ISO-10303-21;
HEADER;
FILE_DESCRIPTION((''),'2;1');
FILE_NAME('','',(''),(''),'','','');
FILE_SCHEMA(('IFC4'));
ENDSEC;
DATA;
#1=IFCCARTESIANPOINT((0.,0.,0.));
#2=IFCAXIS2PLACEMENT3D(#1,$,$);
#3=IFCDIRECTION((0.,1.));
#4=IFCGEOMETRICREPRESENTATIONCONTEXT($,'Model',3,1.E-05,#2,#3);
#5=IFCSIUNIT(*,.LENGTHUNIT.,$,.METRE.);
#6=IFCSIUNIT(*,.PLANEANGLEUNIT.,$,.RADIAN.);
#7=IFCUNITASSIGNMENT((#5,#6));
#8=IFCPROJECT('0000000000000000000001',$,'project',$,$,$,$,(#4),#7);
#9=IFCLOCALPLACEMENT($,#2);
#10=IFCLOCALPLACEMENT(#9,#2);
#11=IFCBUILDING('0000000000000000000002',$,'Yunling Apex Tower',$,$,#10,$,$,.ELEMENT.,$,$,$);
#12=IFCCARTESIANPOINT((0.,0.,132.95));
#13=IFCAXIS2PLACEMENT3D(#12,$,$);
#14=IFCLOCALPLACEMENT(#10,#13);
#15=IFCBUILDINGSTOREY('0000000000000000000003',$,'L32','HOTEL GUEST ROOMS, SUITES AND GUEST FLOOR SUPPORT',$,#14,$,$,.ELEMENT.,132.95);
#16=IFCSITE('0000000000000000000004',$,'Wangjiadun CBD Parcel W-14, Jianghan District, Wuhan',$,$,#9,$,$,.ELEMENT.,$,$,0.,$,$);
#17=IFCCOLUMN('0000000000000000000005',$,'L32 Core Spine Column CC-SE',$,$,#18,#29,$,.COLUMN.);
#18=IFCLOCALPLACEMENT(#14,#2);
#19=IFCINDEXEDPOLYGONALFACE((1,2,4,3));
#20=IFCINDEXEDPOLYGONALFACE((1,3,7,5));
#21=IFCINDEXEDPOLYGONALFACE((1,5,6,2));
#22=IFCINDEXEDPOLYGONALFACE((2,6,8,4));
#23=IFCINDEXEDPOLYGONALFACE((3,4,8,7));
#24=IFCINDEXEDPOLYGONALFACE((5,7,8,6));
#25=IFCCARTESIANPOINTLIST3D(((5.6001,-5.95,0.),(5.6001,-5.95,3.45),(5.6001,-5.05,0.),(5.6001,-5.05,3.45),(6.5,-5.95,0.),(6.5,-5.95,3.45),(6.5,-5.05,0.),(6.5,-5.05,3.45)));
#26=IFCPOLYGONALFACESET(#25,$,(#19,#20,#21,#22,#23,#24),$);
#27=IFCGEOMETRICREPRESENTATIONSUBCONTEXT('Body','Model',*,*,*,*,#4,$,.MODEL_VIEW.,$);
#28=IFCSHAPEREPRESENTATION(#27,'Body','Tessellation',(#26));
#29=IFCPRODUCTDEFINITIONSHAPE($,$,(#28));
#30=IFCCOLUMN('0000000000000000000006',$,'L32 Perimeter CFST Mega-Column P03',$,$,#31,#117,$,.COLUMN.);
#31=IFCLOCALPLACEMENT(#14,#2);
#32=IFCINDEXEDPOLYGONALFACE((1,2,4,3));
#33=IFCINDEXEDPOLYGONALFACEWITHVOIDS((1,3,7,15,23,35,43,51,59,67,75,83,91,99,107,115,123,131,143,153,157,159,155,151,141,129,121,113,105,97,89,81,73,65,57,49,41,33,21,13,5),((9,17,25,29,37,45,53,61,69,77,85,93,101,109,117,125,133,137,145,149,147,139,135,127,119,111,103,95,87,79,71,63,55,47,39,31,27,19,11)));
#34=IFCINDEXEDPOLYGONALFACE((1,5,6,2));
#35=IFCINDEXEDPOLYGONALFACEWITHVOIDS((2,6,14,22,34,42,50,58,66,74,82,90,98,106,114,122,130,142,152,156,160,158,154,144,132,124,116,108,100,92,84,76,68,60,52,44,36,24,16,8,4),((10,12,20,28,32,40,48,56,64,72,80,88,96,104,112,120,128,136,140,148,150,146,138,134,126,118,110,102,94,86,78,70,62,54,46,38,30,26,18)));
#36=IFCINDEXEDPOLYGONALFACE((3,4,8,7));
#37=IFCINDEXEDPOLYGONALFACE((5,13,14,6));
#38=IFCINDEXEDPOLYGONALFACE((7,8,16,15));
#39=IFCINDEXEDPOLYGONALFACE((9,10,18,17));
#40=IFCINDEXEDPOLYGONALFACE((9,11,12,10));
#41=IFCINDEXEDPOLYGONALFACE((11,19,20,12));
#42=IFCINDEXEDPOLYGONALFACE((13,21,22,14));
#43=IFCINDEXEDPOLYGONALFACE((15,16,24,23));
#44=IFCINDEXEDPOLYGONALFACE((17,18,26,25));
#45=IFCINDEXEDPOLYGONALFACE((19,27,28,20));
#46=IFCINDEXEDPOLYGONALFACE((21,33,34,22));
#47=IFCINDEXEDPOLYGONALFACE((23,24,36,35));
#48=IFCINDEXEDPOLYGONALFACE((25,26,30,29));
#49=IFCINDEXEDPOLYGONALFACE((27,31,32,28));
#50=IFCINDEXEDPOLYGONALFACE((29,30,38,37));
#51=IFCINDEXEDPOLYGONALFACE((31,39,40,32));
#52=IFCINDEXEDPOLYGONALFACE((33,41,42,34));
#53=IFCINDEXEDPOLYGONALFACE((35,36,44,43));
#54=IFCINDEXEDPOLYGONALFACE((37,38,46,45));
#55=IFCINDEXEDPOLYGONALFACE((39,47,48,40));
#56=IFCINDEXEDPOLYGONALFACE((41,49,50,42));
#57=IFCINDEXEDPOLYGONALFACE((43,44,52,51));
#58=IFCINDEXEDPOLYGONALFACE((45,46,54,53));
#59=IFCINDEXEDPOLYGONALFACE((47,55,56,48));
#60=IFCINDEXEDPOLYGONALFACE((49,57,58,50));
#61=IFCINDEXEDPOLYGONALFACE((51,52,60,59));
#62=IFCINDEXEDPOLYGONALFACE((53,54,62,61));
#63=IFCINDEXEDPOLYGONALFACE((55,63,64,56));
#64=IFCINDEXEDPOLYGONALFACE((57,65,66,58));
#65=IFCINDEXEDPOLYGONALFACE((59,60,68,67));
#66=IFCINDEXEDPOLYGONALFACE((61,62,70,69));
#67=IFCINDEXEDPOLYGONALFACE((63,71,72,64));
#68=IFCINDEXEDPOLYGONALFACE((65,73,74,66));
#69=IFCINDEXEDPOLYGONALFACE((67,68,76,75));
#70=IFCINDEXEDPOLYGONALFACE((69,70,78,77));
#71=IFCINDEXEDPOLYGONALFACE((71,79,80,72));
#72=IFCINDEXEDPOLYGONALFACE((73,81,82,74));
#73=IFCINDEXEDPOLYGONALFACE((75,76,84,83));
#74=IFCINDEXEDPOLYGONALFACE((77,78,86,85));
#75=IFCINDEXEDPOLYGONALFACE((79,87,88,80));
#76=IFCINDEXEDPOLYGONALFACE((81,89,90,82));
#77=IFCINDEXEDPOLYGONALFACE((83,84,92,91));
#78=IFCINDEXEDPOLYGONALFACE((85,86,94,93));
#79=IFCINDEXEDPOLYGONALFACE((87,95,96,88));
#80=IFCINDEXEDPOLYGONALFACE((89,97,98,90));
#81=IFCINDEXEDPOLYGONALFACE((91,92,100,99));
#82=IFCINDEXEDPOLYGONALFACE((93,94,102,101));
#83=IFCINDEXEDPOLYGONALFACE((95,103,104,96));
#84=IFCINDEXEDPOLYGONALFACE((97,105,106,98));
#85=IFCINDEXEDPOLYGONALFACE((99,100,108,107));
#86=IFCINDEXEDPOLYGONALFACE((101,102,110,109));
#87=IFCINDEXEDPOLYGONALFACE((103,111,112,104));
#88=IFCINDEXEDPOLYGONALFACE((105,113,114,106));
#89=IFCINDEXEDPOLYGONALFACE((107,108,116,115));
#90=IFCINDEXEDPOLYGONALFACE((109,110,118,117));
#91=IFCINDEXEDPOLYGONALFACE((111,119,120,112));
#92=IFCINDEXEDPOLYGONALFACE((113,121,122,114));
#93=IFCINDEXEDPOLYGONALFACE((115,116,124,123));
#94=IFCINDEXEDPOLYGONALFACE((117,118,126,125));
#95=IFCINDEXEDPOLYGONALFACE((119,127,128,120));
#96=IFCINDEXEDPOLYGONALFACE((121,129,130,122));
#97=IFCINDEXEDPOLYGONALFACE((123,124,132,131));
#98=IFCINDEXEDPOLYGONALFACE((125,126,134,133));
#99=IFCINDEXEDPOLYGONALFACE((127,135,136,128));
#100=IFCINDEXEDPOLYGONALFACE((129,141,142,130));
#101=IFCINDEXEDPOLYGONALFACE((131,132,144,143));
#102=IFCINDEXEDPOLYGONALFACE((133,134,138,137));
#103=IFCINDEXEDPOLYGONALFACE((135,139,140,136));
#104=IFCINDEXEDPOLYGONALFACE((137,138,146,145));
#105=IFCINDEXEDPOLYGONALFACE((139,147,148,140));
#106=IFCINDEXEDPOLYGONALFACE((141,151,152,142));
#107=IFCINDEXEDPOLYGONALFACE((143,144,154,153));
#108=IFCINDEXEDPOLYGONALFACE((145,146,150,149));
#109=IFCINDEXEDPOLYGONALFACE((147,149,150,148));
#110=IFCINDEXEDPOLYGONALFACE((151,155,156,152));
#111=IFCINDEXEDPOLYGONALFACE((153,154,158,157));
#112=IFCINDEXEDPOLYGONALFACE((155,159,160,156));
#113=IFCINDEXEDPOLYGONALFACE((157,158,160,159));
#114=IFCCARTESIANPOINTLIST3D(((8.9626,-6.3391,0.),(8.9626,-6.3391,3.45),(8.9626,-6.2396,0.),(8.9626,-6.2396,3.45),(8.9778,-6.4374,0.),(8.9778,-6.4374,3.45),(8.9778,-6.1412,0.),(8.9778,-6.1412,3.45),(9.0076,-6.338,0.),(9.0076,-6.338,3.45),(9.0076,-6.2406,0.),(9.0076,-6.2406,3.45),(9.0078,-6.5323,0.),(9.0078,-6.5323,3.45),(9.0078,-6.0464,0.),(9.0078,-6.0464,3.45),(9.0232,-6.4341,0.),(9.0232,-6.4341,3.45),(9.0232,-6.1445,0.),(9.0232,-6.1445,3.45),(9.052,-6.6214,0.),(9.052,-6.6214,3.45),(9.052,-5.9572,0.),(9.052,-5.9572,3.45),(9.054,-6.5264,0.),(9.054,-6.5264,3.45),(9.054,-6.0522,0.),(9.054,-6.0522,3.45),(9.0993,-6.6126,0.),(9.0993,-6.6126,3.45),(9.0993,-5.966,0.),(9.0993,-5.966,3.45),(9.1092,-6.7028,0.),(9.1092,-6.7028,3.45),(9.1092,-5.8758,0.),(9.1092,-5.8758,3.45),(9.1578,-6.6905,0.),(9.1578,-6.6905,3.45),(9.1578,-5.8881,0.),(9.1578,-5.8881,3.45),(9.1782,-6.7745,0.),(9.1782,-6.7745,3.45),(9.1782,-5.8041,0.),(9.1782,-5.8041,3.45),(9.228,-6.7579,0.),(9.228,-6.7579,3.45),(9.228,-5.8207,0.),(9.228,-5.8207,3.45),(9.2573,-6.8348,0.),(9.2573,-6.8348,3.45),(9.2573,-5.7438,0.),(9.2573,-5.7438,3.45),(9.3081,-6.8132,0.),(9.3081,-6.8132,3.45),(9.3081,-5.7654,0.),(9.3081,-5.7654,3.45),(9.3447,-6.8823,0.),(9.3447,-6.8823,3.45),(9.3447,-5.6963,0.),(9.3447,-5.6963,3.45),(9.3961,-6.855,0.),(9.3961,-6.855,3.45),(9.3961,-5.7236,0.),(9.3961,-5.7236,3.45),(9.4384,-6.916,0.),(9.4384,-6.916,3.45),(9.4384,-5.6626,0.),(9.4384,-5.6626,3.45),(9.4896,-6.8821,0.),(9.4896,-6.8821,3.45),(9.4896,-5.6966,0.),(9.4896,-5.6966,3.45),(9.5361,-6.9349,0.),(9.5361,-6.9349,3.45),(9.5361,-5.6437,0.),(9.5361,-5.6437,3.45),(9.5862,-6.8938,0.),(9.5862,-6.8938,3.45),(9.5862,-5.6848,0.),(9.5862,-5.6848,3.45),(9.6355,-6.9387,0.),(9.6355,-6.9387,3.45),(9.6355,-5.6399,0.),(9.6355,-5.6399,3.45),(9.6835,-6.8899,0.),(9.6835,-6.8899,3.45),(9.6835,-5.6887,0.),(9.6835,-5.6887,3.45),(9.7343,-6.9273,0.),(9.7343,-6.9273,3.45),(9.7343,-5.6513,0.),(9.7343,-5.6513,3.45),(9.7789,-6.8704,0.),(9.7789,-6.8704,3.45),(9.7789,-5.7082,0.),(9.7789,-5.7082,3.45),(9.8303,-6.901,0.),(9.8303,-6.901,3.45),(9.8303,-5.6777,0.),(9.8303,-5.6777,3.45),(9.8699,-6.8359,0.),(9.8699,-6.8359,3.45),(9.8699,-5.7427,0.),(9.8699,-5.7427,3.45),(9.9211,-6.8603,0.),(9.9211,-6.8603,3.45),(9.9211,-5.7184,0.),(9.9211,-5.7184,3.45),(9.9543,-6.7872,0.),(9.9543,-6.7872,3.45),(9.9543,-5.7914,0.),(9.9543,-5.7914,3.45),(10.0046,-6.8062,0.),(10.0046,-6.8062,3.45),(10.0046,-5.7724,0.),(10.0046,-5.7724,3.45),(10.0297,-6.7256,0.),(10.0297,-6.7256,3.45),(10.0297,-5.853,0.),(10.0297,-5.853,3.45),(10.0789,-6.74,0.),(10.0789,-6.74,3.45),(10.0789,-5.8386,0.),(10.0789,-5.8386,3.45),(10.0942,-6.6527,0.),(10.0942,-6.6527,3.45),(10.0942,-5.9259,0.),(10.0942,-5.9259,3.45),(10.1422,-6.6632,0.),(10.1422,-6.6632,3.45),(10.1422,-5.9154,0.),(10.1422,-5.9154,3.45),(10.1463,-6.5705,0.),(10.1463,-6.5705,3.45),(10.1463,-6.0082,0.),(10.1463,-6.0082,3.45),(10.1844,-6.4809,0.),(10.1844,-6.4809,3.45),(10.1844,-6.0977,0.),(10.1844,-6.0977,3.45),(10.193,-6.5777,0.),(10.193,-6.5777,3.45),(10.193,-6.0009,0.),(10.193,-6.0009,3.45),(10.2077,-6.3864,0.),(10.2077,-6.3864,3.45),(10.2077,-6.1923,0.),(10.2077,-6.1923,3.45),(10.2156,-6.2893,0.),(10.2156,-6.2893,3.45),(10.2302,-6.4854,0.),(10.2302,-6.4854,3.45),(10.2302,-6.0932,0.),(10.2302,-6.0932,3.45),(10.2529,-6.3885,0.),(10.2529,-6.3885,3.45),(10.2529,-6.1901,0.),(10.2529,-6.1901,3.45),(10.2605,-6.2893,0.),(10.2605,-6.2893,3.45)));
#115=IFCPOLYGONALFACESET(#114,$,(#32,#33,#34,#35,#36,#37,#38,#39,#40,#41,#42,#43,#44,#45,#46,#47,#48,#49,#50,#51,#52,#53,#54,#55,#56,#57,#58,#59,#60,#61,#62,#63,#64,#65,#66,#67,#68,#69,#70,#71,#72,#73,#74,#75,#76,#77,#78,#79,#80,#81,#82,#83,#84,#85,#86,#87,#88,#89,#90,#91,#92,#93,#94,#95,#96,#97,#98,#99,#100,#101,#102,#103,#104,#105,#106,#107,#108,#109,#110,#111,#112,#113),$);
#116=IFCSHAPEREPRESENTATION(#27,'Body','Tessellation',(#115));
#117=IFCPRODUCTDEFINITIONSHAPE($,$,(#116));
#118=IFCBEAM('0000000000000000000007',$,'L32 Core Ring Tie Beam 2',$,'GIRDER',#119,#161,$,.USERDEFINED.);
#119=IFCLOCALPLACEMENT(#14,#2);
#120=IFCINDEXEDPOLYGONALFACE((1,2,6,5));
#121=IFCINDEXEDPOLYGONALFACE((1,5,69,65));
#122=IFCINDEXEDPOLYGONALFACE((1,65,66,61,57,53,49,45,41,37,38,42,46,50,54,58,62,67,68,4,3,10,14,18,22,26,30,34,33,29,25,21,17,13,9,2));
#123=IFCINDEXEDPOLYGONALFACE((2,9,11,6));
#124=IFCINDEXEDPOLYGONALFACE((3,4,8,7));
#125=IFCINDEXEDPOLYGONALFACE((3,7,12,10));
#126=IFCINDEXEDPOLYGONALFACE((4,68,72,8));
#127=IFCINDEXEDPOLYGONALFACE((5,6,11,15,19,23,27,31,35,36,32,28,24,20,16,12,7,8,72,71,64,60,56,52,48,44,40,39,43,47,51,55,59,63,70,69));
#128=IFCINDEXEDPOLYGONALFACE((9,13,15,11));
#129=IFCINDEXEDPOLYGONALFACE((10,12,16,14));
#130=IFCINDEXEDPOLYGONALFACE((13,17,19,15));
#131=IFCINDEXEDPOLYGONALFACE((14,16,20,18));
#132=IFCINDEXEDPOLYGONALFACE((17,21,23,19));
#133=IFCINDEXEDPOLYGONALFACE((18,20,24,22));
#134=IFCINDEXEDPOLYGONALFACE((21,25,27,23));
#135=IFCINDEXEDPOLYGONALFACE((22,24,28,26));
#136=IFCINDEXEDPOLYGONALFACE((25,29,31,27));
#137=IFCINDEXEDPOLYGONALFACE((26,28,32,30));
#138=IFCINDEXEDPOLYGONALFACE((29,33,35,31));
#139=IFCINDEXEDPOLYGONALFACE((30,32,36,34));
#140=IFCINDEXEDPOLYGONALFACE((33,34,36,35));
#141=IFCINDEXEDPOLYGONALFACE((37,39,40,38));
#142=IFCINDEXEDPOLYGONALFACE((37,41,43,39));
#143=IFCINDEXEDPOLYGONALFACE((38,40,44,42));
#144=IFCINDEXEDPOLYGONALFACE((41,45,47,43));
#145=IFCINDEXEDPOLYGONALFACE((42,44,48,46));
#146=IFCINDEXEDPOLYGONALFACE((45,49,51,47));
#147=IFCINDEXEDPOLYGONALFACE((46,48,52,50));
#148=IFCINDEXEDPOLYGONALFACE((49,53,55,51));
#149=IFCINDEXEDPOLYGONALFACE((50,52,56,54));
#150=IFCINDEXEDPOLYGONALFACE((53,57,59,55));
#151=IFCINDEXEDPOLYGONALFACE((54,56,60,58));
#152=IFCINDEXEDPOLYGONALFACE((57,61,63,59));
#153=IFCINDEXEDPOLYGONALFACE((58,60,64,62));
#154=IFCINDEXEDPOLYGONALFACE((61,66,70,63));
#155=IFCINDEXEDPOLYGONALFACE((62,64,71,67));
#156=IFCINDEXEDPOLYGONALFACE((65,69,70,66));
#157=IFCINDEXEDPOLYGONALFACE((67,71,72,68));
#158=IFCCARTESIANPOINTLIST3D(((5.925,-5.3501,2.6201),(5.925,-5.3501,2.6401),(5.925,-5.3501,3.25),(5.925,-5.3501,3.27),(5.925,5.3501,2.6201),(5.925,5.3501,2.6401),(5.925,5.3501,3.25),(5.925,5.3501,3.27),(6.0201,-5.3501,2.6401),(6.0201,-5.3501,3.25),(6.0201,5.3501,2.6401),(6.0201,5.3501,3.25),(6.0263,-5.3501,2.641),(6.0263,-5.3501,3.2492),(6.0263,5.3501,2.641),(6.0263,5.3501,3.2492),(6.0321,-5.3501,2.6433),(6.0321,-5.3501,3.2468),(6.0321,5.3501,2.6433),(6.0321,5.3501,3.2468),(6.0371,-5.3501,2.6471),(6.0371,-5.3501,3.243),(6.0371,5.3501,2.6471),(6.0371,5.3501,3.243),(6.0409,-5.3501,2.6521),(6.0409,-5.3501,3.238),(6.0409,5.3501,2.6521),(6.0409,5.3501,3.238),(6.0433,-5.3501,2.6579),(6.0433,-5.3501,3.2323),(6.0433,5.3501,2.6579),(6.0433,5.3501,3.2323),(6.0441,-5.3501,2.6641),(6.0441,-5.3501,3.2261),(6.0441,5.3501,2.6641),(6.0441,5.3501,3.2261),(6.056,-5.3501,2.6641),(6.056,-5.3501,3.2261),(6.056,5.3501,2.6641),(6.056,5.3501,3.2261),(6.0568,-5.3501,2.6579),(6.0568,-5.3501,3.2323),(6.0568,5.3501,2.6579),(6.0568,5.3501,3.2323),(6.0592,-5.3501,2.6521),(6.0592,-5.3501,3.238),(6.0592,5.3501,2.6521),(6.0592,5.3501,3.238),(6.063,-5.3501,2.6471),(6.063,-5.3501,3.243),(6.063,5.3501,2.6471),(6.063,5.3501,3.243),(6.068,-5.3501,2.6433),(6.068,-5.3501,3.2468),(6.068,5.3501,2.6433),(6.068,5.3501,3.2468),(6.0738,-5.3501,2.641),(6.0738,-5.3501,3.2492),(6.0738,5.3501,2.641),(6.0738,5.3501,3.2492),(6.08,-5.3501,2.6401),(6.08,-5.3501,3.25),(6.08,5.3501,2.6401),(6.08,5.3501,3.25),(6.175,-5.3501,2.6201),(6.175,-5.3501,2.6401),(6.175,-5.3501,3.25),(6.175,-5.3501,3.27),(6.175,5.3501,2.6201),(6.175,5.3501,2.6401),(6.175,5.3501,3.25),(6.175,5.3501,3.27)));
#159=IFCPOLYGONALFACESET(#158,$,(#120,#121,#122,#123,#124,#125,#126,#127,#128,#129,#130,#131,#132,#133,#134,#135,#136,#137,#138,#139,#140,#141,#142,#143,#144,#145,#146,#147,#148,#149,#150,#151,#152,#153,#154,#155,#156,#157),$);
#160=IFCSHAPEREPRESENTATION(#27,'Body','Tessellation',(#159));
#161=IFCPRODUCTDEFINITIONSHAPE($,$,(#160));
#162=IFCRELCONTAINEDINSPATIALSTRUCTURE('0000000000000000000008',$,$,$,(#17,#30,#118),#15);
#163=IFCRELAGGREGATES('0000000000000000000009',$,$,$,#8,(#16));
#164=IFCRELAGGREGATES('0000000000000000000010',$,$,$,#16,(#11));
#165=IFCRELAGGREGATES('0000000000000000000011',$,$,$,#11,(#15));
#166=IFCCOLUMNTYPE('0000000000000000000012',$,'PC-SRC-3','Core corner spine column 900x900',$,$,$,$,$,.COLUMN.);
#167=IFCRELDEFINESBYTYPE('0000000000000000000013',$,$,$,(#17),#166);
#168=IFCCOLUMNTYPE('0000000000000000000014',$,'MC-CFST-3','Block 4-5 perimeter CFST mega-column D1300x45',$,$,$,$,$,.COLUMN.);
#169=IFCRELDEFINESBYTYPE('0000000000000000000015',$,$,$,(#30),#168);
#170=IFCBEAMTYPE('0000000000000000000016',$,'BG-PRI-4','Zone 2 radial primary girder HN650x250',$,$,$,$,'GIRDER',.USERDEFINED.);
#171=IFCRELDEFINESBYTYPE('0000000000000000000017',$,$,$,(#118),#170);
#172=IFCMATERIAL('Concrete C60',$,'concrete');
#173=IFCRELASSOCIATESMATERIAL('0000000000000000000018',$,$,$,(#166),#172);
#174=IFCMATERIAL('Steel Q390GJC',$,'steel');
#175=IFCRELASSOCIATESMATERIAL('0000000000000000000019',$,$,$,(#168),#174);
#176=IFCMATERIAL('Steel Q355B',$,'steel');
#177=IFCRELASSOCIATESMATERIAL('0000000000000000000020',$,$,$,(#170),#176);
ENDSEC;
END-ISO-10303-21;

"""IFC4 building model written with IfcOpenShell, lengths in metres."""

from ifc_helpers import new_model, si_unit, direction, frame, origin, origin_2d, place, context, subcontext, project, spatial, rectangle, hollow_circle, i_section, extrude, source, transform, mapped, material, material_profile, profile_set, type_object, element, save


model = new_model("IFC4")

# Units and contexts
model_context = context("Model", 3, precision=1e-05, world=origin(), true_north=direction((0.0, 1.0)))
body_context = subcontext(model_context, "Body", "Model", "MODEL_VIEW")
ifc_project = project(units=[si_unit("LENGTHUNIT", "METRE"), si_unit("PLANEANGLEUNIT", "RADIAN")], contexts=[model_context])

# Site, building, storey
site_placement = place(None, origin())
site = spatial("IfcSite", under=ifc_project, at=site_placement, Name="Wangjiadun CBD Parcel W-14, Jianghan District, Wuhan", CompositionType="ELEMENT", RefElevation=0.0)
building_placement = place(site_placement, origin())
building = spatial("IfcBuilding", under=site, at=building_placement, Name="Yunling Apex Tower", CompositionType="ELEMENT")
storey_placement = place(building_placement, frame((0.0, 0.0, 132.95)))
storey = spatial("IfcBuildingStorey", under=building, at=storey_placement, Name="L32", Description="HOTEL GUEST ROOMS, SUITES AND GUEST FLOOR SUPPORT", CompositionType="ELEMENT", Elevation=132.95)

# Columns
ifc_material_1 = material(Name="Concrete C60", Category="concrete")
ifc_material_profile_1 = material_profile(ifc_material_1, rectangle(XDim=0.8999, YDim=0.8999, at=origin_2d()))
ifc_profile_set_1 = profile_set([ifc_material_profile_1], Name="Concrete C60")
column_type_1 = type_object("IfcColumnType", Name="PC-SRC-3", Description="Core corner spine column 900x900", PredefinedType="COLUMN", material=ifc_profile_set_1)
shared_shape_1 = source(origin(), body_context, "Body", "SweptSolid", [
    extrude(rectangle(XDim=0.8999, YDim=0.8999, at=origin_2d()), origin(), (0.0, 0.0, 1.0), 3.45),
])
column_1_placement = place(storey_placement, frame((6.05, -5.5, 0.0), z_axis=(0.0, 0.0, 1.0), x_axis=(1.0, 0.0, 0.0)))
element("IfcColumn", 1, at=column_1_placement, inside=storey, type_object=column_type_1, Name="L32 Core Spine Column CC-SE", PredefinedType="COLUMN", context=body_context, shape_type="MappedRepresentation", body=[
    mapped(shared_shape_1, transform((0.0, 0.0, 0.0), scale=1.0)),
])
ifc_material_2 = material(Name="Steel Q390GJC", Category="steel")
ifc_material_profile_2 = material_profile(ifc_material_2, hollow_circle(Radius=0.6499, WallThickness=0.0449, at=origin_2d()))
ifc_profile_set_2 = profile_set([ifc_material_profile_2], Name="Steel Q390GJC")
column_type_2 = type_object("IfcColumnType", Name="MC-CFST-3", Description="Block 4-5 perimeter CFST mega-column D1300x45", PredefinedType="COLUMN", material=ifc_profile_set_2)
shared_shape_2 = source(origin(), body_context, "Body", "SweptSolid", [
    extrude(hollow_circle(Radius=0.6499, WallThickness=0.0449, at=origin_2d()), origin(), (0.0, 0.0, 1.0), 3.45),
])
column_2_placement = place(storey_placement, frame((9.6106, -6.2893, 0.0), z_axis=(0.0, 0.0, 1.0), x_axis=(1.0, 0.0, 0.0)))
element("IfcColumn", 2, at=column_2_placement, inside=storey, type_object=column_type_2, Name="L32 Perimeter CFST Mega-Column P03", PredefinedType="COLUMN", context=body_context, shape_type="MappedRepresentation", body=[
    mapped(shared_shape_2, transform((0.0, 0.0, 0.0), scale=1.0)),
])

# Beam
ifc_material_3 = material(Name="Steel Q355B", Category="steel")
ifc_material_profile_3 = material_profile(ifc_material_3, i_section(OverallWidth=0.25, OverallDepth=0.6499, WebThickness=0.012, FlangeThickness=0.02, FilletRadius=0.0239, at=origin_2d()))
ifc_profile_set_3 = profile_set([ifc_material_profile_3], Name="Steel Q355B")
beam_type_1 = type_object("IfcBeamType", Name="BG-PRI-4", Description="Zone 2 radial primary girder HN650x250", ElementType="GIRDER", PredefinedType="USERDEFINED", material=ifc_profile_set_3)
shared_shape_3 = source(origin(), body_context, "Body", "SweptSolid", [
    extrude(i_section(OverallWidth=0.25, OverallDepth=0.6499, WebThickness=0.012, FlangeThickness=0.02, FilletRadius=0.0239, at=origin_2d()), origin(), (0.0, 0.0, 1.0), 10.7002),
])
beam_1_placement = place(storey_placement, frame((6.05, -5.3501, 2.9451), z_axis=(0.0, 1.0, 0.0), x_axis=(-1.0, 0.0, 0.0)))
element("IfcBeam", 3, at=beam_1_placement, inside=storey, type_object=beam_type_1, Name="L32 Core Ring Tie Beam 2", ObjectType="GIRDER", PredefinedType="USERDEFINED", context=body_context, shape_type="MappedRepresentation", body=[
    mapped(shared_shape_3, transform((0.0, 0.0, 0.0), scale=1.0)),
])

save(model, "model.ifc")
